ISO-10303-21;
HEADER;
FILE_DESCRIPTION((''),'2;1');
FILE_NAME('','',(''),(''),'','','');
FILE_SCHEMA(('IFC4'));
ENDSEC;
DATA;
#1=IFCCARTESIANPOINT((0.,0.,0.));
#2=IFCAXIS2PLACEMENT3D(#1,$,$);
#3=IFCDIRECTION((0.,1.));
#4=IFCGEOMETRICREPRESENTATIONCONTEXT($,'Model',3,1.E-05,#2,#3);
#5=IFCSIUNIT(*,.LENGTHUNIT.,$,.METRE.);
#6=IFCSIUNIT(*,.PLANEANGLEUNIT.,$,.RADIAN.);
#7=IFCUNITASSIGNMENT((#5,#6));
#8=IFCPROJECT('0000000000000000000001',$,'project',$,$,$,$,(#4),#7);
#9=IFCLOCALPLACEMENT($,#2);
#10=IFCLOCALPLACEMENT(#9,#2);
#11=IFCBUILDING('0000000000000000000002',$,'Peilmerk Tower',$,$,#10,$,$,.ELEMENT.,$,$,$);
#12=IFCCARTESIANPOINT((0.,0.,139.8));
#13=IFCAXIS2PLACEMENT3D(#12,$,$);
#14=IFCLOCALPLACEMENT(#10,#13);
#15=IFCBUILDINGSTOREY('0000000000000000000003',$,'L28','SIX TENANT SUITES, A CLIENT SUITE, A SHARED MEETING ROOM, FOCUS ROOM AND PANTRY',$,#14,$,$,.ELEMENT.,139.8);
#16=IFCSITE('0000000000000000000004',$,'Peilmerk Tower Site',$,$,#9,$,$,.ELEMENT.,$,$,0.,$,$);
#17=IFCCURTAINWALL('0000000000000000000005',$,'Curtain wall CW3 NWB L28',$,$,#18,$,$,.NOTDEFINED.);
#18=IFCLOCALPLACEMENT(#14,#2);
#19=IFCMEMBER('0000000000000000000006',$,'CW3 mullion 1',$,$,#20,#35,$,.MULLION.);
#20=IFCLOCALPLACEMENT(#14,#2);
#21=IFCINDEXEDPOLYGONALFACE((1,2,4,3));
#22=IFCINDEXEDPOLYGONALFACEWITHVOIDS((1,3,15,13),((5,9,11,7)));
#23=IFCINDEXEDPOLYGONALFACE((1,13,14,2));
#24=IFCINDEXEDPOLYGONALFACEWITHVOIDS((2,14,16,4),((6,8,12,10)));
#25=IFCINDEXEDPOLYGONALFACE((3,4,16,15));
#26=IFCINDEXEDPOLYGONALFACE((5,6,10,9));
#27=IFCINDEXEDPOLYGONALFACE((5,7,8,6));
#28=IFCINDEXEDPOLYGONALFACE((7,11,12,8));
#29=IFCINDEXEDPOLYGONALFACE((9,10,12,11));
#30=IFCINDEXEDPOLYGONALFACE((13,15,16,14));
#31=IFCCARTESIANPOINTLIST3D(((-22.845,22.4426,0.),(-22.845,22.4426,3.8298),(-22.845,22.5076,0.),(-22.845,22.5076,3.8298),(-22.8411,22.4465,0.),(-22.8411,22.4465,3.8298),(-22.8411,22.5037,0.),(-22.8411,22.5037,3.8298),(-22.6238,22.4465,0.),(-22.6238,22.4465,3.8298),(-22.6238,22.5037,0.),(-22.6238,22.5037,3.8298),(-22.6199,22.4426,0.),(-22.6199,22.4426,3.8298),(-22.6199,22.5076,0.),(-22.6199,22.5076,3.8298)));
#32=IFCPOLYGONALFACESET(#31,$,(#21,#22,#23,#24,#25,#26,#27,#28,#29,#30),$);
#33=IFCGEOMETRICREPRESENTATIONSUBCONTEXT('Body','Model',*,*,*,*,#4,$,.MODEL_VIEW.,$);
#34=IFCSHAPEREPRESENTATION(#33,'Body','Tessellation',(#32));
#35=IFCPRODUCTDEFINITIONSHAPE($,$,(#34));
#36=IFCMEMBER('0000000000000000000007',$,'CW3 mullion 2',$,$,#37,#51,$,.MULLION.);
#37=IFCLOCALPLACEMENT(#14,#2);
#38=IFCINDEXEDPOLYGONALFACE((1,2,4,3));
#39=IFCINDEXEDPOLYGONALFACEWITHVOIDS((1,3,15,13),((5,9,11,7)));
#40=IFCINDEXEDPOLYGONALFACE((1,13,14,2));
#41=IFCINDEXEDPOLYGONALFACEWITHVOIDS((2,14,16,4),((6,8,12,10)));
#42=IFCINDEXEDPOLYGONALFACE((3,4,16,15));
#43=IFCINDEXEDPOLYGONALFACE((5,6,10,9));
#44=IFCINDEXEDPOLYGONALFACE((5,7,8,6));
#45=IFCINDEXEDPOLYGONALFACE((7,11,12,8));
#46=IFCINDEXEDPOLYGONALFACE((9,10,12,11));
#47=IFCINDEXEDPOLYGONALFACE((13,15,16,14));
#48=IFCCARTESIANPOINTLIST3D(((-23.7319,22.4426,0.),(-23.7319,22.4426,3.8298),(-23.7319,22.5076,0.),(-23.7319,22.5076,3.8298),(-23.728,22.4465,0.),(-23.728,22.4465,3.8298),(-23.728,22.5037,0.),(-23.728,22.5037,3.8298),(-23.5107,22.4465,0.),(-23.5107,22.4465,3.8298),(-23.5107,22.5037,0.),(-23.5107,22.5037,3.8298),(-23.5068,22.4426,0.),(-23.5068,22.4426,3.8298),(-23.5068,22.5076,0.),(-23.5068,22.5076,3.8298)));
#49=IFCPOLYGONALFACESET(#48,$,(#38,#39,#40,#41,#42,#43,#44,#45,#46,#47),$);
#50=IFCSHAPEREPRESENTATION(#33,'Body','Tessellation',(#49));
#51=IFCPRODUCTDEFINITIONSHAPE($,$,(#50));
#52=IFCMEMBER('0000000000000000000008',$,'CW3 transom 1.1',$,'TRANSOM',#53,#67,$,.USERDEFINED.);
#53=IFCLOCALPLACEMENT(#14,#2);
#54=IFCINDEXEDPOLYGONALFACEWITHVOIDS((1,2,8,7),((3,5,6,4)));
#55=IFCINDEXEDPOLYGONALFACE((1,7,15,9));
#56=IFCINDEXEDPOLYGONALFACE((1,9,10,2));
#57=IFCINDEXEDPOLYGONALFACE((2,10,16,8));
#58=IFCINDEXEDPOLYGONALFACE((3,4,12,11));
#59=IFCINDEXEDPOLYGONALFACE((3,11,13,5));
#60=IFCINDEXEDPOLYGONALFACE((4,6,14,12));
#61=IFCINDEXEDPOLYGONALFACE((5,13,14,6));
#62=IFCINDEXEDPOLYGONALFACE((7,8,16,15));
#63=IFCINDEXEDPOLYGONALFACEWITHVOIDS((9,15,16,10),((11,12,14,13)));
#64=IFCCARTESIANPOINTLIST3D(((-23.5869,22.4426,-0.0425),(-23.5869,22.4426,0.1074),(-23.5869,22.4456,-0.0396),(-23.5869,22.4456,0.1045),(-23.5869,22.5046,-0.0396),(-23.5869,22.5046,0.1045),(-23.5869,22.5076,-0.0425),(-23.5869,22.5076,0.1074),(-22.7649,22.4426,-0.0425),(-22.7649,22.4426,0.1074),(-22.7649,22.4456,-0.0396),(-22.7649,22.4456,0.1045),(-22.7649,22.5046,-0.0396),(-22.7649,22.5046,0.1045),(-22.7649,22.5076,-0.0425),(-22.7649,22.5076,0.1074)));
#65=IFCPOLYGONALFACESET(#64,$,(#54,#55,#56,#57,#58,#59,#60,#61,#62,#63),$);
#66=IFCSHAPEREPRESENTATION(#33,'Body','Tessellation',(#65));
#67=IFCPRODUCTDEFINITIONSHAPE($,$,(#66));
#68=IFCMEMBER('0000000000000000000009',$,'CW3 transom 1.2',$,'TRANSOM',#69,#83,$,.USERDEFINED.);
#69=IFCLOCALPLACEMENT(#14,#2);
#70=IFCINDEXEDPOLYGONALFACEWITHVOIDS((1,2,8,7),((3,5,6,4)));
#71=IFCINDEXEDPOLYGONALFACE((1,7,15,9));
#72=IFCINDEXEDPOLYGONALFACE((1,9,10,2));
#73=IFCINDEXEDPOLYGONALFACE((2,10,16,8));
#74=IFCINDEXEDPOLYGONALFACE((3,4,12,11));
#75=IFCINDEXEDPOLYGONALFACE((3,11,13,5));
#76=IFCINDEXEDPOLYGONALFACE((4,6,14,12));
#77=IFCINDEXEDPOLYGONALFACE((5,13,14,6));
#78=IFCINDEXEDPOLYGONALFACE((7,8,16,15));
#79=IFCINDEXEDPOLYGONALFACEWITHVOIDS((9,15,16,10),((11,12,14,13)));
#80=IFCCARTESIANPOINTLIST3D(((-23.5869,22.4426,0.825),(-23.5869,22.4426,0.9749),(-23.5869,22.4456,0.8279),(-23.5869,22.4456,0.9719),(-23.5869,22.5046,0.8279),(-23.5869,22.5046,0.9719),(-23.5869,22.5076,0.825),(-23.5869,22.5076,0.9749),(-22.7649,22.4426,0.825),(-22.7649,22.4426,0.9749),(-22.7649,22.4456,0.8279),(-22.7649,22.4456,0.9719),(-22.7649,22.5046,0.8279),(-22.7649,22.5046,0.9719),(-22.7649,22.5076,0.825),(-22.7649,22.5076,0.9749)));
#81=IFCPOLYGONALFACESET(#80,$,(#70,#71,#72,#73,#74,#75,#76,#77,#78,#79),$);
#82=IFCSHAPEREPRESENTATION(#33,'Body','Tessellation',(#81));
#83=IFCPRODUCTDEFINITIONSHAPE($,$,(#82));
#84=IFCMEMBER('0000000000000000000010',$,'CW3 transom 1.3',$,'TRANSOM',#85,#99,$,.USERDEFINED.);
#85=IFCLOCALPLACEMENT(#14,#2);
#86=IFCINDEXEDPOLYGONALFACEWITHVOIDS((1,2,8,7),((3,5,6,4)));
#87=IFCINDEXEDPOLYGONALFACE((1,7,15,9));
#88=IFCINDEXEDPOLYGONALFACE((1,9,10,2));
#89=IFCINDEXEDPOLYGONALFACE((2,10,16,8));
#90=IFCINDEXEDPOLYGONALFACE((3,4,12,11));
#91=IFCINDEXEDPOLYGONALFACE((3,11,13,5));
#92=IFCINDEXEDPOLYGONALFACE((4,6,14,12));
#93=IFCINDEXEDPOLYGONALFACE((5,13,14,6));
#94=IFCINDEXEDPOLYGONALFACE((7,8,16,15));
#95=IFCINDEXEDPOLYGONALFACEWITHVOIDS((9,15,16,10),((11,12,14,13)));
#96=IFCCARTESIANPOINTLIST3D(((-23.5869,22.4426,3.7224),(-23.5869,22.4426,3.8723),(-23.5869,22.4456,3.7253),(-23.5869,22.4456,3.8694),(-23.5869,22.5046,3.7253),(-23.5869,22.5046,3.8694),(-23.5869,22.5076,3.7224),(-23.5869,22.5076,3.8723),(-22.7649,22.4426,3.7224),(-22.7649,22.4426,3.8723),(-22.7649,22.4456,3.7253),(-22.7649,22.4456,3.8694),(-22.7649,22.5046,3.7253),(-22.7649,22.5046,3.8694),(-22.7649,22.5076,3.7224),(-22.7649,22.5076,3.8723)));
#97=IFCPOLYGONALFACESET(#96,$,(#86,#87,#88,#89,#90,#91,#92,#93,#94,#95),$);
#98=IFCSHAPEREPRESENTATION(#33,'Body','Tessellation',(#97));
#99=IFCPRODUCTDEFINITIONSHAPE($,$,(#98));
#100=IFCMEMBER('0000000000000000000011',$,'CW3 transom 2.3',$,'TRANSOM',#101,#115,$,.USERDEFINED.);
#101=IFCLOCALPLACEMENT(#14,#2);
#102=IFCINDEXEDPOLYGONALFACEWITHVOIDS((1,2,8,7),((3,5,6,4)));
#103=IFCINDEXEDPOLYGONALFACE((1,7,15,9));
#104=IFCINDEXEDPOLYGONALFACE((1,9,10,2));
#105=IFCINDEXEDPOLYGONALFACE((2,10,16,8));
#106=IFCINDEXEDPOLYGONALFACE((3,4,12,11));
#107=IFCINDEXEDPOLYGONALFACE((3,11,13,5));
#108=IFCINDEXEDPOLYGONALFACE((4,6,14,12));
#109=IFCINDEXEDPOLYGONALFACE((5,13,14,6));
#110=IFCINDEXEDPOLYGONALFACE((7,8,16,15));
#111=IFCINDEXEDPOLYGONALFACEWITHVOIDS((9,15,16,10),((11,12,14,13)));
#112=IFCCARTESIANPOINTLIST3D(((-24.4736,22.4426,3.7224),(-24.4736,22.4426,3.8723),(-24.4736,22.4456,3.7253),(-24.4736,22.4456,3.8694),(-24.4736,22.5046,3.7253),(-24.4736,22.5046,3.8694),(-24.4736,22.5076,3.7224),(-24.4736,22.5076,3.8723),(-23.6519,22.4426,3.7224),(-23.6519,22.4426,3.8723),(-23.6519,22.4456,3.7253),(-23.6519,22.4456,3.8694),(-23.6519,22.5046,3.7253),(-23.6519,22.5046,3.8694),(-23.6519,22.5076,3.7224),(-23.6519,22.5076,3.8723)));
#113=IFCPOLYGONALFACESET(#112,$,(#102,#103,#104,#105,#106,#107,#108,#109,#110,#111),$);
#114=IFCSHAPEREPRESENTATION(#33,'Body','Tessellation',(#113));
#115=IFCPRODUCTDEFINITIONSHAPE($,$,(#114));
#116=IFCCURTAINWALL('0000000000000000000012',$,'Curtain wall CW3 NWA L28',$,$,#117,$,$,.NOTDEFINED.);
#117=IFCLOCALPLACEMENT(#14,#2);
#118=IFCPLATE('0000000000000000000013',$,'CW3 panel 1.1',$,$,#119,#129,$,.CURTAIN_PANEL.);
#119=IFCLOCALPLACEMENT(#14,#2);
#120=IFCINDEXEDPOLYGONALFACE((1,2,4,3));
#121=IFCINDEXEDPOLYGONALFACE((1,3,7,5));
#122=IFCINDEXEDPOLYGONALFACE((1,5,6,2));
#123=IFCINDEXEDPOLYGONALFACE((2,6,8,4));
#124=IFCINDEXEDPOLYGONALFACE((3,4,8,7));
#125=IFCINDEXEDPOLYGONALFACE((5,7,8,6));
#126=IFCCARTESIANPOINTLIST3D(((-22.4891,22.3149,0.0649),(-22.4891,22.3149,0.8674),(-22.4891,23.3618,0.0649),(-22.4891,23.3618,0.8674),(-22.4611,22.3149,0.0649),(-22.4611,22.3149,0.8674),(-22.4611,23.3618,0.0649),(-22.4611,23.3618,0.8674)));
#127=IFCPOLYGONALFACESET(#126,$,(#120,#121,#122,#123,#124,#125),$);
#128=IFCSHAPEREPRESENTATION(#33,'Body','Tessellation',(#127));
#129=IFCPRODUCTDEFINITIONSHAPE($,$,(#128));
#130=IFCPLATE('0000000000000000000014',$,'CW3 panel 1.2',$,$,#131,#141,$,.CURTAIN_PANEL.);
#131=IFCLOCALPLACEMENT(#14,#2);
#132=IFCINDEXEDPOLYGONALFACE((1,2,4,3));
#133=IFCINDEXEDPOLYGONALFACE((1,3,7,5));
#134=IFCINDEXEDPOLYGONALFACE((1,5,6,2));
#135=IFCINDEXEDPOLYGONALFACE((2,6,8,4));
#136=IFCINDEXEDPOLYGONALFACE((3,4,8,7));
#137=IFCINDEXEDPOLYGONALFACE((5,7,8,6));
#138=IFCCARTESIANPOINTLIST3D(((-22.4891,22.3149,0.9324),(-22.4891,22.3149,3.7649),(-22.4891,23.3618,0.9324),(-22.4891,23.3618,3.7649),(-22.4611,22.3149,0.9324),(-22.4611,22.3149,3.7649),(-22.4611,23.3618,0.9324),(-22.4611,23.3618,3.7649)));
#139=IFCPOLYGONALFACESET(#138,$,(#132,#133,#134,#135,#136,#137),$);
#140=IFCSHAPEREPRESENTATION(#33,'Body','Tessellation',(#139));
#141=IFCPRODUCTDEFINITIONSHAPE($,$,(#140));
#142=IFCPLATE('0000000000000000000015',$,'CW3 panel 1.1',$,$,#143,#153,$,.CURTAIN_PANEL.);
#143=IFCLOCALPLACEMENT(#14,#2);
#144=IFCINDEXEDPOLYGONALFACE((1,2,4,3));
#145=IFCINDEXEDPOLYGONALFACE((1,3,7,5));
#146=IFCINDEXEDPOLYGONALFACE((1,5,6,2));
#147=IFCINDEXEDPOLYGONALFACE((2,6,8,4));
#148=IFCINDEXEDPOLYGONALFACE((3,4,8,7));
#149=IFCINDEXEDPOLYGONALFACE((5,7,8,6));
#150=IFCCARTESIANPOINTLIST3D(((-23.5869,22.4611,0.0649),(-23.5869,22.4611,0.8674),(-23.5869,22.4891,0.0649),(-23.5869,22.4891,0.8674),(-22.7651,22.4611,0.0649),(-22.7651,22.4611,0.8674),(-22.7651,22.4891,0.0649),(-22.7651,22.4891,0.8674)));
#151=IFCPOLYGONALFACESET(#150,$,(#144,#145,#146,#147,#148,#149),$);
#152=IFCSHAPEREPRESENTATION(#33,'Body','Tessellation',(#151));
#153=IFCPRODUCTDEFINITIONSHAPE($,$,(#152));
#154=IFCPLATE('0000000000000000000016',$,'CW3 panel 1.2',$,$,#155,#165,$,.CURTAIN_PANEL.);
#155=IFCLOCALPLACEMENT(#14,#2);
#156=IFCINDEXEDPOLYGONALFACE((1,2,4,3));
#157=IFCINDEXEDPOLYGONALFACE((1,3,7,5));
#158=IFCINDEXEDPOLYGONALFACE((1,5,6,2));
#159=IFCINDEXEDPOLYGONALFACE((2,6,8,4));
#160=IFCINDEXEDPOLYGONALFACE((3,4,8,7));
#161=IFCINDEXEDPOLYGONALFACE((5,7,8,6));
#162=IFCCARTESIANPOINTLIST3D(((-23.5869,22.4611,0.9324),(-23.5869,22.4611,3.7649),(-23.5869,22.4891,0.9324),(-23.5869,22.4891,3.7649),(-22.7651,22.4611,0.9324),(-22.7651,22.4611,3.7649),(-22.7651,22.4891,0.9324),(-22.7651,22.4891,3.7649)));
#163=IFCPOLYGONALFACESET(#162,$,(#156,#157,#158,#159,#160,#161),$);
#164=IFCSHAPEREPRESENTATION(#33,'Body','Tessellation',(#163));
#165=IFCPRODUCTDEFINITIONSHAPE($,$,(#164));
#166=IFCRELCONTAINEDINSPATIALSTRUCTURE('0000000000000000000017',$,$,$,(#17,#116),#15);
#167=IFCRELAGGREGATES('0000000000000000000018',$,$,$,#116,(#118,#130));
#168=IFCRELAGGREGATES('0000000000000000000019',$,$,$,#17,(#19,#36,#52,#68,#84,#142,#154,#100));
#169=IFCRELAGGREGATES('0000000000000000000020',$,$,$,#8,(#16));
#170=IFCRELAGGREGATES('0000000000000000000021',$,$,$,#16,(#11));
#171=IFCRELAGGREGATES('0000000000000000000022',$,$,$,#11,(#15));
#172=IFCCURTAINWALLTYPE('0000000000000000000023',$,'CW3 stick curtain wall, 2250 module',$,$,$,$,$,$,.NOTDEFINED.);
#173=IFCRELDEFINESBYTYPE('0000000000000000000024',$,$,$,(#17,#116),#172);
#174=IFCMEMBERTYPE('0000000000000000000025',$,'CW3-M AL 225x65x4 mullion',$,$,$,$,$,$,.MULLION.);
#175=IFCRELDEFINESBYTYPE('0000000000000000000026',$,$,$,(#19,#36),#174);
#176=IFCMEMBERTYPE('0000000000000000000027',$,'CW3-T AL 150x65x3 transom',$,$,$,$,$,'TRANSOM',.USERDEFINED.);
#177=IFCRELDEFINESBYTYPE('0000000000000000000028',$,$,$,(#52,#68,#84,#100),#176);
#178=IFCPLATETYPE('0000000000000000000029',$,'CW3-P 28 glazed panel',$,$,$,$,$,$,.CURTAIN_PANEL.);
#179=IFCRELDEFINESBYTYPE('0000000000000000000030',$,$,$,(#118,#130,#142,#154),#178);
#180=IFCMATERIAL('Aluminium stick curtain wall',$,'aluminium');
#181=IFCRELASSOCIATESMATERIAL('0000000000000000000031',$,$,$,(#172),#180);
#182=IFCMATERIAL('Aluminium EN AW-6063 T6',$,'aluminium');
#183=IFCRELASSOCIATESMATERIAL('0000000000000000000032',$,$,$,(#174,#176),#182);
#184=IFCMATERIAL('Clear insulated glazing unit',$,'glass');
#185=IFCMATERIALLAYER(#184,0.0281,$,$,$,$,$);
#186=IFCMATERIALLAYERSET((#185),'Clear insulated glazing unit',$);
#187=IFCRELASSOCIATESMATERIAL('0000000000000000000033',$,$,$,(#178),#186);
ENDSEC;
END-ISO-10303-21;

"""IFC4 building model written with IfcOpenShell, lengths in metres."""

from ifc_helpers import new_model, si_unit, direction, frame, origin, origin_2d, place, context, subcontext, project, spatial, rectangle, hollow_rectangle, extrude, material, layer, layer_set, material_profile, profile_set, type_object, element, aggregate, save


model = new_model("IFC4")

# Units and contexts
model_context = context("Model", 3, precision=1e-05, world=origin(), true_north=direction((0.0, 1.0)))
body_context = subcontext(model_context, "Body", "Model", "MODEL_VIEW")
ifc_project = project(units=[si_unit("LENGTHUNIT", "METRE"), si_unit("PLANEANGLEUNIT", "RADIAN")], contexts=[model_context])

# Site, building, storey
site_placement = place(None, origin())
site = spatial("IfcSite", under=ifc_project, at=site_placement, Name="Peilmerk Tower Site", CompositionType="ELEMENT", RefElevation=0.0)
building_placement = place(site_placement, origin())
building = spatial("IfcBuilding", under=site, at=building_placement, Name="Peilmerk Tower", CompositionType="ELEMENT")
storey_placement = place(building_placement, frame((0.0, 0.0, 139.8)))
storey = spatial("IfcBuildingStorey", under=building, at=storey_placement, Name="L28", Description="SIX TENANT SUITES, A CLIENT SUITE, A SHARED MEETING ROOM, FOCUS ROOM AND PANTRY", CompositionType="ELEMENT", Elevation=139.8)

# Curtain wall, members
ifc_material_1 = material(Name="Aluminium stick curtain wall", Category="aluminium")
curtain_wall_type = type_object("IfcCurtainWallType", Name="CW3 stick curtain wall, 2250 module", PredefinedType="NOTDEFINED", material=ifc_material_1)
curtain_wall_1_placement = place(storey_placement, origin())
curtain_wall_1 = element("IfcCurtainWall", 1, at=curtain_wall_1_placement, inside=storey, type_object=curtain_wall_type, Name="Curtain wall CW3 NWB L28", PredefinedType="NOTDEFINED")
ifc_material_2 = material(Name="Aluminium EN AW-6063 T6", Category="aluminium")
ifc_material_profile_1 = material_profile(ifc_material_2, hollow_rectangle(XDim=0.0649, YDim=0.2251, WallThickness=0.0039, at=origin_2d()), Name="AL 225x65x4")
ifc_profile_set_1 = profile_set([ifc_material_profile_1], Name="Aluminium EN AW-6063 T6")
member_type_1 = type_object("IfcMemberType", Name="CW3-M AL 225x65x4 mullion", PredefinedType="MULLION", material=ifc_profile_set_1)
member_1_placement = place(storey_placement, frame((-22.7324, 22.4751, 0.0), z_axis=(0.0, 0.0, 1.0), x_axis=(0.0, -1.0, 0.0)))
member_1 = element("IfcMember", 2, at=member_1_placement, type_object=member_type_1, Name="CW3 mullion 1", PredefinedType="MULLION", context=body_context, shape_type="SweptSolid", body=[
    extrude(hollow_rectangle(XDim=0.0649, YDim=0.2251, WallThickness=0.0039, at=origin_2d()), origin(), (0.0, 0.0, 1.0), 3.8298),
])
member_2_placement = place(storey_placement, frame((-23.6194, 22.4751, 0.0), z_axis=(0.0, 0.0, 1.0), x_axis=(0.0, -1.0, 0.0)))
member_2 = element("IfcMember", 3, at=member_2_placement, type_object=member_type_1, Name="CW3 mullion 2", PredefinedType="MULLION", context=body_context, shape_type="SweptSolid", body=[
    extrude(hollow_rectangle(XDim=0.0649, YDim=0.2251, WallThickness=0.0039, at=origin_2d()), origin(), (0.0, 0.0, 1.0), 3.8298),
])
ifc_material_profile_2 = material_profile(ifc_material_2, hollow_rectangle(XDim=0.0649, YDim=0.1499, WallThickness=0.0029, at=origin_2d()), Name="AL 150x65x3")
ifc_profile_set_2 = profile_set([ifc_material_profile_2], Name="Aluminium EN AW-6063 T6")
member_type_2 = type_object("IfcMemberType", Name="CW3-T AL 150x65x3 transom", ElementType="TRANSOM", PredefinedType="USERDEFINED", material=ifc_profile_set_2)
member_3_placement = place(storey_placement, frame((-22.7649, 22.4751, 0.0325), z_axis=(-1.0, 0.0, 0.0), x_axis=(0.0, -1.0, 0.0)))
member_3 = element("IfcMember", 4, at=member_3_placement, type_object=member_type_2, Name="CW3 transom 1.1", ObjectType="TRANSOM", PredefinedType="USERDEFINED", context=body_context, shape_type="SweptSolid", body=[
    extrude(hollow_rectangle(XDim=0.0649, YDim=0.1499, WallThickness=0.0029, at=origin_2d()), origin(), (0.0, 0.0, 1.0), 0.822),
])
member_4_placement = place(storey_placement, frame((-22.7649, 22.4751, 0.8999), z_axis=(-1.0, 0.0, 0.0), x_axis=(0.0, -1.0, 0.0)))
member_4 = element("IfcMember", 5, at=member_4_placement, type_object=member_type_2, Name="CW3 transom 1.2", ObjectType="TRANSOM", PredefinedType="USERDEFINED", context=body_context, shape_type="SweptSolid", body=[
    extrude(hollow_rectangle(XDim=0.0649, YDim=0.1499, WallThickness=0.0029, at=origin_2d()), origin(), (0.0, 0.0, 1.0), 0.822),
])
member_5_placement = place(storey_placement, frame((-22.7649, 22.4751, 3.7974), z_axis=(-1.0, 0.0, 0.0), x_axis=(0.0, -1.0, 0.0)))
member_5 = element("IfcMember", 6, at=member_5_placement, type_object=member_type_2, Name="CW3 transom 1.3", ObjectType="TRANSOM", PredefinedType="USERDEFINED", context=body_context, shape_type="SweptSolid", body=[
    extrude(hollow_rectangle(XDim=0.0649, YDim=0.1499, WallThickness=0.0029, at=origin_2d()), origin(), (0.0, 0.0, 1.0), 0.822),
])
member_6_placement = place(storey_placement, frame((-23.6519, 22.4751, 3.7974), z_axis=(-1.0, 0.0, 0.0), x_axis=(0.0, -1.0, 0.0)))
member_6 = element("IfcMember", 7, at=member_6_placement, type_object=member_type_2, Name="CW3 transom 2.3", ObjectType="TRANSOM", PredefinedType="USERDEFINED", context=body_context, shape_type="SweptSolid", body=[
    extrude(hollow_rectangle(XDim=0.0649, YDim=0.1499, WallThickness=0.0029, at=origin_2d()), origin(), (0.0, 0.0, 1.0), 0.8218),
])

# Curtain wall, plates
curtain_wall_2_placement = place(storey_placement, origin())
curtain_wall_2 = element("IfcCurtainWall", 8, at=curtain_wall_2_placement, inside=storey, type_object=curtain_wall_type, Name="Curtain wall CW3 NWA L28", PredefinedType="NOTDEFINED")
ifc_material_3 = material(Name="Clear insulated glazing unit", Category="glass")
ifc_layer_1 = layer(ifc_material_3, 0.0281)
ifc_layer_set_1 = layer_set([ifc_layer_1], Name="Clear insulated glazing unit")
plate_type = type_object("IfcPlateType", Name="CW3-P 28 glazed panel", PredefinedType="CURTAIN_PANEL", material=ifc_layer_set_1)
plate_1_placement = place(storey_placement, frame((-22.4751, 22.8384, 0.0649), z_axis=(0.0, 0.0, 1.0), x_axis=(0.0, 1.0, 0.0)))
plate_1 = element("IfcPlate", 9, at=plate_1_placement, type_object=plate_type, Name="CW3 panel 1.1", PredefinedType="CURTAIN_PANEL", context=body_context, shape_type="SweptSolid", body=[
    extrude(rectangle(XDim=1.0469, YDim=0.0281, at=origin_2d()), origin(), (0.0, 0.0, 1.0), 0.8025),
])
plate_2_placement = place(storey_placement, frame((-22.4751, 22.8384, 0.9324), z_axis=(0.0, 0.0, 1.0), x_axis=(0.0, 1.0, 0.0)))
plate_2 = element("IfcPlate", 10, at=plate_2_placement, type_object=plate_type, Name="CW3 panel 1.2", PredefinedType="CURTAIN_PANEL", context=body_context, shape_type="SweptSolid", body=[
    extrude(rectangle(XDim=1.0469, YDim=0.0281, at=origin_2d()), origin(), (0.0, 0.0, 1.0), 2.8325),
])
aggregate(curtain_wall_2, [plate_1, plate_2])

# Plates
plate_3_placement = place(storey_placement, frame((-23.176, 22.4751, 0.0649), z_axis=(0.0, 0.0, 1.0), x_axis=(-1.0, 0.0, 0.0)))
plate_3 = element("IfcPlate", 11, at=plate_3_placement, type_object=plate_type, Name="CW3 panel 1.1", PredefinedType="CURTAIN_PANEL", context=body_context, shape_type="SweptSolid", body=[
    extrude(rectangle(XDim=0.8218, YDim=0.0281, at=origin_2d()), origin(), (0.0, 0.0, 1.0), 0.8025),
])
plate_4_placement = place(storey_placement, frame((-23.176, 22.4751, 0.9324), z_axis=(0.0, 0.0, 1.0), x_axis=(-1.0, 0.0, 0.0)))
plate_4 = element("IfcPlate", 12, at=plate_4_placement, type_object=plate_type, Name="CW3 panel 1.2", PredefinedType="CURTAIN_PANEL", context=body_context, shape_type="SweptSolid", body=[
    extrude(rectangle(XDim=0.8218, YDim=0.0281, at=origin_2d()), origin(), (0.0, 0.0, 1.0), 2.8325),
])
aggregate(curtain_wall_1, [member_1, member_2, member_3, member_4, member_5, plate_3, plate_4, member_6])

save(model, "model.ifc")
